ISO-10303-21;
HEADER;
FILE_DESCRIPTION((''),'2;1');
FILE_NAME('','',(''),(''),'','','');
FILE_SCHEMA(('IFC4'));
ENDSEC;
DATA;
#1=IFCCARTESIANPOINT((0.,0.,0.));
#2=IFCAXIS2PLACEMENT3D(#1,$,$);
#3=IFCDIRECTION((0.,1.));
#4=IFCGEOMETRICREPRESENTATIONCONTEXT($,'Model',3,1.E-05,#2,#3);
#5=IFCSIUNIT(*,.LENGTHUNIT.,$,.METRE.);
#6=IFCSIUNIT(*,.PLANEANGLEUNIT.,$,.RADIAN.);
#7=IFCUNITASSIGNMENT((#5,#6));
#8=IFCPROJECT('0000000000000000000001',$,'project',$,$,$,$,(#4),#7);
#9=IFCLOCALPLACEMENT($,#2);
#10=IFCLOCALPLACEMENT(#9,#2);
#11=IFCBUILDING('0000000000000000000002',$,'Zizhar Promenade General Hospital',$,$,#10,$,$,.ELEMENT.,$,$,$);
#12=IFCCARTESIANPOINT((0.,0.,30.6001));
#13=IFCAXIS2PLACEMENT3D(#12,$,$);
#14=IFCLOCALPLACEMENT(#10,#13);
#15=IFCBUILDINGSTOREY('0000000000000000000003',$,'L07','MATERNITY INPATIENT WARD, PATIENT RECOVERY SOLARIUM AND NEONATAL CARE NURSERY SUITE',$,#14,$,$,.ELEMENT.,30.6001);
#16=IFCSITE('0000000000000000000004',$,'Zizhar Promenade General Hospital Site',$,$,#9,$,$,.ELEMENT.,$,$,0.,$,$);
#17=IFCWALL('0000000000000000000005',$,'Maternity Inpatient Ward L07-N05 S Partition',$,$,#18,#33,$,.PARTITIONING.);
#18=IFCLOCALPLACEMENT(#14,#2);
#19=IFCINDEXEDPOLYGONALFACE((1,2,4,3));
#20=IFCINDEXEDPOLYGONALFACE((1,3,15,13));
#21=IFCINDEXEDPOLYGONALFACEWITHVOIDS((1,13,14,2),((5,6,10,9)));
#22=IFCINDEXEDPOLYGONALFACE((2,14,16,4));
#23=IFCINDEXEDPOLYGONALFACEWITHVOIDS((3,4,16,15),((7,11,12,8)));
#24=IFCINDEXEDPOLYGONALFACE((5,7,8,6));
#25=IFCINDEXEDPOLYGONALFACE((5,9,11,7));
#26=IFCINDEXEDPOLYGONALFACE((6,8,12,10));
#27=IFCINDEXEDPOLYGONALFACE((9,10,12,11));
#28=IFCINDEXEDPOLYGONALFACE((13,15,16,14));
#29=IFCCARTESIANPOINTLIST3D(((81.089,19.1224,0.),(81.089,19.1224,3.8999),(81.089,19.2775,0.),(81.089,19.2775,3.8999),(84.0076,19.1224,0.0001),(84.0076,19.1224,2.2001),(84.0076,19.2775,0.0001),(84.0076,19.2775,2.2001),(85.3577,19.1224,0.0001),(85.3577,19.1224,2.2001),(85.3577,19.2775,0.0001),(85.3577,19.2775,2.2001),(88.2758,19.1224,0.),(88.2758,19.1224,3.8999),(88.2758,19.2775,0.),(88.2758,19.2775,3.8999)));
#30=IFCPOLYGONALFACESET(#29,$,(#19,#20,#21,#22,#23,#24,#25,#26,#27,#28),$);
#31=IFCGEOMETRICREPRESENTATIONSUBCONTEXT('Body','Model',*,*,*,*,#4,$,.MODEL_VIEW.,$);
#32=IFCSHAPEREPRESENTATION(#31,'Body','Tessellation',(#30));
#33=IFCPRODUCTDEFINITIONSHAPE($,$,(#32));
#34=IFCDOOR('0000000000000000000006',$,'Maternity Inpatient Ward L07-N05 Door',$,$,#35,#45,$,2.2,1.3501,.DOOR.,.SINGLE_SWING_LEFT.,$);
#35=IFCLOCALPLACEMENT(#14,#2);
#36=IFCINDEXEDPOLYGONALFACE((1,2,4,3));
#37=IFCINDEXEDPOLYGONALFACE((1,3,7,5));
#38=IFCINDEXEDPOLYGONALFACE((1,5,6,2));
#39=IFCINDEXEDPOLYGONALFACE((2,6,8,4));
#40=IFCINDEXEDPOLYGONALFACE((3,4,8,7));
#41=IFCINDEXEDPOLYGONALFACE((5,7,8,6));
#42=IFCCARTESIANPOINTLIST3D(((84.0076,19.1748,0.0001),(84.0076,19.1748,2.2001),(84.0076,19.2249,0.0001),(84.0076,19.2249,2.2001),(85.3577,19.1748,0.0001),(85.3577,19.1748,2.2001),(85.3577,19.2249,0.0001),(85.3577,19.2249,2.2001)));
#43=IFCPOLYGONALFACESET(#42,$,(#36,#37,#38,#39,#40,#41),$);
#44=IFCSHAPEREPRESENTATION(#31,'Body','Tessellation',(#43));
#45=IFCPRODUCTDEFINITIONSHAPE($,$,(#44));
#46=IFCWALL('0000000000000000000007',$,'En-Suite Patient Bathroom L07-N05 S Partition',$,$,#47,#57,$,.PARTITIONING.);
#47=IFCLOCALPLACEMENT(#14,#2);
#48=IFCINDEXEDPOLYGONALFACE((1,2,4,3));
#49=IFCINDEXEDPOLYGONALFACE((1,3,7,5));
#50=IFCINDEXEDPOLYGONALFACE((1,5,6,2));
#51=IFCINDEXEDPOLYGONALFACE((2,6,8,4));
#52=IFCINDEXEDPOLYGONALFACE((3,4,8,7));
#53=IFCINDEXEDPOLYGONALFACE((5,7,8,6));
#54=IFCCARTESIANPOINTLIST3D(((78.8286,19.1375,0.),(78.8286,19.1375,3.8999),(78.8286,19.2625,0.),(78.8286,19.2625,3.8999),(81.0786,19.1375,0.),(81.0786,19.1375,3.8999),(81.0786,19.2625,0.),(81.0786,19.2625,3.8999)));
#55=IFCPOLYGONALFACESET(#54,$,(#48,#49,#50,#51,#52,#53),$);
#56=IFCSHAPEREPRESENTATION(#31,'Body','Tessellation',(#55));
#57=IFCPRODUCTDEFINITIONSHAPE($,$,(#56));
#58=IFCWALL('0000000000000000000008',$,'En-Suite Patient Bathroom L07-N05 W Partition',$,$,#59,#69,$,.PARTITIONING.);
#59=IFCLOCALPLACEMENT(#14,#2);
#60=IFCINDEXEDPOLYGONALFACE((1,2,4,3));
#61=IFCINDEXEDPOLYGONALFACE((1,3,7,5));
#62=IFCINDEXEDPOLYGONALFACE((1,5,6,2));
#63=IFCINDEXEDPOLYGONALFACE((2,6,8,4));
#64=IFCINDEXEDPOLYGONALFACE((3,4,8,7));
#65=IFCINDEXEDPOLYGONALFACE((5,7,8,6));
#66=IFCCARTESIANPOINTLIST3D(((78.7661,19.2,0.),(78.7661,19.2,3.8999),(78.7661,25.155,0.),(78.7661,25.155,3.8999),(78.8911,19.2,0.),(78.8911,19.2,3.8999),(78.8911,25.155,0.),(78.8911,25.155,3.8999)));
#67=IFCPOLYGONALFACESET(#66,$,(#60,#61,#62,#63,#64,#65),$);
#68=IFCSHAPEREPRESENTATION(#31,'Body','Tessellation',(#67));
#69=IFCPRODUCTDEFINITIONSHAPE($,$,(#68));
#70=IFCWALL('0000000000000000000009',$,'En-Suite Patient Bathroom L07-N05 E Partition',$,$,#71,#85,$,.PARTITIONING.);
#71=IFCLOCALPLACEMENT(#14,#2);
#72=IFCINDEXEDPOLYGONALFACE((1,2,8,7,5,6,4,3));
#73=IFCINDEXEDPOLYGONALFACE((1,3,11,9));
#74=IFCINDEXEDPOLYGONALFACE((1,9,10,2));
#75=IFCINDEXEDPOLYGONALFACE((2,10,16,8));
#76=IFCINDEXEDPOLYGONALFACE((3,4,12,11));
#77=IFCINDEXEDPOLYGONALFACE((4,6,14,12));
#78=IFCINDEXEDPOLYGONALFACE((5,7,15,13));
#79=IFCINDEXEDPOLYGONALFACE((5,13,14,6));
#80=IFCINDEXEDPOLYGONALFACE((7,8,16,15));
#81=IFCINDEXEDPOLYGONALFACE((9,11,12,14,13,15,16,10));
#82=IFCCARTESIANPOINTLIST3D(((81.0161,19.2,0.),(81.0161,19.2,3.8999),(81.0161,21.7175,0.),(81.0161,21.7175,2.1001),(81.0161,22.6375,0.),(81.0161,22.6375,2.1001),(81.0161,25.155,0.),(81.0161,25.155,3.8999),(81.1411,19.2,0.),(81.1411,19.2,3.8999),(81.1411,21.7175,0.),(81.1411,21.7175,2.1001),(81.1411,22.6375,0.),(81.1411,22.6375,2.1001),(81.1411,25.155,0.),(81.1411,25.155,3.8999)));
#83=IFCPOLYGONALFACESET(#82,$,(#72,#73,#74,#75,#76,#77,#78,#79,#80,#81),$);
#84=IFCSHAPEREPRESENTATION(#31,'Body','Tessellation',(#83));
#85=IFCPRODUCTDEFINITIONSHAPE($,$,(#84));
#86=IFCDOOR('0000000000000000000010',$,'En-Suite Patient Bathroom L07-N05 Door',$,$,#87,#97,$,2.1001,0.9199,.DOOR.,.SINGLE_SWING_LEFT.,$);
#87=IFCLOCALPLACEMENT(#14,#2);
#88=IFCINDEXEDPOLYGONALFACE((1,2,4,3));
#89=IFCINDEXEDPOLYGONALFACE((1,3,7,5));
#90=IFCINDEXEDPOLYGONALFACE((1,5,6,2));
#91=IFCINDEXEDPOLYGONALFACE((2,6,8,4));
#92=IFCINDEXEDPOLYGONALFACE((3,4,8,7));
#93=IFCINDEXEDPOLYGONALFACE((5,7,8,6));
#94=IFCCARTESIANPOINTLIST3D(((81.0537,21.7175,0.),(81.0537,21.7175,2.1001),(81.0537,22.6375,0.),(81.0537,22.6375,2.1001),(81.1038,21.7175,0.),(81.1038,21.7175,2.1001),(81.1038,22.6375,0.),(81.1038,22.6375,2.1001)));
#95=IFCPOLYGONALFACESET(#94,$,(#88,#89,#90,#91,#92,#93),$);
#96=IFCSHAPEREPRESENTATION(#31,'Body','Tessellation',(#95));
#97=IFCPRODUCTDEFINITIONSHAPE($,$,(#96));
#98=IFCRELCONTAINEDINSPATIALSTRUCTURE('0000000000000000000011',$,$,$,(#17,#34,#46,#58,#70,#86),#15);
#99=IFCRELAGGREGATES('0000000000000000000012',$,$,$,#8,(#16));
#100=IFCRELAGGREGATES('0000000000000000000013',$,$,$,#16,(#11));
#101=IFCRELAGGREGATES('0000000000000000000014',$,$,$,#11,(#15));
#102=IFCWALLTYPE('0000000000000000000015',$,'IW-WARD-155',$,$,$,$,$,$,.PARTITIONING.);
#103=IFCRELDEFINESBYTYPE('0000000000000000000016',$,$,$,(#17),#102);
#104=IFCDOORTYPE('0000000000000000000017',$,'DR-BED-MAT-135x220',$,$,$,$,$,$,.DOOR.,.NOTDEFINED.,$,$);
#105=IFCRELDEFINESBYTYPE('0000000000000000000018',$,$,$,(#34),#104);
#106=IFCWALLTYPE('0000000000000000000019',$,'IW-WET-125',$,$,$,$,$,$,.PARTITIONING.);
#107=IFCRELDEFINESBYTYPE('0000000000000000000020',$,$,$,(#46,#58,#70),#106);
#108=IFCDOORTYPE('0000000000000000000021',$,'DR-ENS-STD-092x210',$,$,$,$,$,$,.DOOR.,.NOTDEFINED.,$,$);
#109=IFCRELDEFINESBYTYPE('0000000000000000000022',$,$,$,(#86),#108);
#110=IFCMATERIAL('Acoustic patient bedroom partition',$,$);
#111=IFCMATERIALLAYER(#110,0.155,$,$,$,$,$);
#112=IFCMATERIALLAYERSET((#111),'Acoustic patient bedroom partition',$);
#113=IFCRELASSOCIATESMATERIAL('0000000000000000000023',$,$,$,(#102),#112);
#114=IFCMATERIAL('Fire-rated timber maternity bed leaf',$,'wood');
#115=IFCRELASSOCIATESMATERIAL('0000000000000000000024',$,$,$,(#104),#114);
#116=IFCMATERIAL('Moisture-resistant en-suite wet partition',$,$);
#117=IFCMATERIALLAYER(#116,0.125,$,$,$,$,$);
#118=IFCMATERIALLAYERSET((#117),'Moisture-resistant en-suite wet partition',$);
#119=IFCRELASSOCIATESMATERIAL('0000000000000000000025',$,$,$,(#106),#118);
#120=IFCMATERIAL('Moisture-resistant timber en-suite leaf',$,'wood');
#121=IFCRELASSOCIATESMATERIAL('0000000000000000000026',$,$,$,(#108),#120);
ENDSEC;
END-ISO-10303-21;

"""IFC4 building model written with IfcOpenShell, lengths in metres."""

from ifc_helpers import new_model, si_unit, direction, frame, frame_2d, origin, place, context, subcontext, project, spatial, rectangle, extrude, material, layer, layer_set, type_object, element, fill, save


model = new_model("IFC4")

# Units and contexts
model_context = context("Model", 3, precision=1e-05, world=origin(), true_north=direction((0.0, 1.0)))
body_context = subcontext(model_context, "Body", "Model", "MODEL_VIEW")
ifc_project = project(units=[si_unit("LENGTHUNIT", "METRE"), si_unit("PLANEANGLEUNIT", "RADIAN")], contexts=[model_context])

# Site, building, storey
site_placement = place(None, origin())
site = spatial("IfcSite", under=ifc_project, at=site_placement, Name="Zizhar Promenade General Hospital Site", CompositionType="ELEMENT", RefElevation=0.0)
building_placement = place(site_placement, origin())
building = spatial("IfcBuilding", under=site, at=building_placement, Name="Zizhar Promenade General Hospital", CompositionType="ELEMENT")
storey_placement = place(building_placement, frame((0.0, 0.0, 30.6001)))
storey = spatial("IfcBuildingStorey", under=building, at=storey_placement, Name="L07", Description="MATERNITY INPATIENT WARD, PATIENT RECOVERY SOLARIUM AND NEONATAL CARE NURSERY SUITE", CompositionType="ELEMENT", Elevation=30.6001)

# Wall, opening, door
ifc_material_1 = material(Name="Acoustic patient bedroom partition")
ifc_layer_1 = layer(ifc_material_1, 0.155)
ifc_layer_set_1 = layer_set([ifc_layer_1], Name="Acoustic patient bedroom partition")
wall_type_1 = type_object("IfcWallType", Name="IW-WARD-155", PredefinedType="PARTITIONING", material=ifc_layer_set_1)
wall_1_placement = place(storey_placement, frame((81.0891, 19.2, 0.0), z_axis=(0.0, 0.0, 1.0), x_axis=(1.0, 0.0, 0.0)))
wall_1 = element("IfcWall", 1, at=wall_1_placement, inside=storey, type_object=wall_type_1, Name="Maternity Inpatient Ward L07-N05 S Partition", PredefinedType="PARTITIONING", context=body_context, shape_type="SweptSolid", body=[
    extrude(rectangle(XDim=7.1868, YDim=0.155, at=frame_2d((3.5933, 0.0))), origin(), (0.0, 0.0, 1.0), 3.8999),
])
opening_1_placement = place(wall_1_placement, frame((2.9185, 0.0, 0.0)))
opening_1 = element("IfcOpeningElement", 2, at=opening_1_placement, cuts=wall_1, PredefinedType="OPENING", context=body_context, shape_type="SweptSolid", body=[
    extrude(rectangle(XDim=1.3501, YDim=2.2, at=frame_2d((0.675, 1.1001))), frame((0.0, 0.0874, 0.0), z_axis=(0.0, -1.0, 0.0), x_axis=(1.0, 0.0, 0.0)), (0.0, 0.0, 1.0), 0.175),
])
ifc_material_2 = material(Name="Fire-rated timber maternity bed leaf", Category="wood")
door_type_1 = type_object("IfcDoorType", Name="DR-BED-MAT-135x220", OperationType="NOTDEFINED", PredefinedType="DOOR", material=ifc_material_2)
door_1_placement = place(opening_1_placement, origin())
door_1 = element("IfcDoor", 3, at=door_1_placement, inside=storey, type_object=door_type_1, Name="Maternity Inpatient Ward L07-N05 Door", OperationType="SINGLE_SWING_LEFT", OverallHeight=2.2, OverallWidth=1.3501, PredefinedType="DOOR", context=body_context, shape_type="SweptSolid", body=[
    extrude(rectangle(XDim=1.3501, YDim=2.2, at=frame_2d((0.675, 1.1001))), frame((0.0, 0.0249, 0.0), z_axis=(0.0, -1.0, 0.0), x_axis=(1.0, 0.0, 0.0)), (0.0, 0.0, 1.0), 0.05),
])
fill(opening_1, door_1)

# Walls
ifc_material_3 = material(Name="Moisture-resistant en-suite wet partition")
ifc_layer_2 = layer(ifc_material_3, 0.125)
ifc_layer_set_2 = layer_set([ifc_layer_2], Name="Moisture-resistant en-suite wet partition")
wall_type_2 = type_object("IfcWallType", Name="IW-WET-125", PredefinedType="PARTITIONING", material=ifc_layer_set_2)
wall_2_placement = place(storey_placement, frame((78.8286, 19.2, 0.0), z_axis=(0.0, 0.0, 1.0), x_axis=(1.0, 0.0, 0.0)))
element("IfcWall", 4, at=wall_2_placement, inside=storey, type_object=wall_type_2, Name="En-Suite Patient Bathroom L07-N05 S Partition", PredefinedType="PARTITIONING", context=body_context, shape_type="SweptSolid", body=[
    extrude(rectangle(XDim=2.25, YDim=0.125, at=frame_2d((1.125, 0.0))), origin(), (0.0, 0.0, 1.0), 3.8999),
])
wall_3_placement = place(storey_placement, frame((78.8286, 19.2, 0.0), z_axis=(0.0, 0.0, 1.0), x_axis=(0.0, 1.0, 0.0)))
element("IfcWall", 5, at=wall_3_placement, inside=storey, type_object=wall_type_2, Name="En-Suite Patient Bathroom L07-N05 W Partition", PredefinedType="PARTITIONING", context=body_context, shape_type="SweptSolid", body=[
    extrude(rectangle(XDim=5.9551, YDim=0.125, at=frame_2d((2.9775, 0.0))), origin(), (0.0, 0.0, 1.0), 3.8999),
])

# Wall, opening, door
wall_4_placement = place(storey_placement, frame((81.0786, 19.2, 0.0), z_axis=(0.0, 0.0, 1.0), x_axis=(0.0, 1.0, 0.0)))
wall_4 = element("IfcWall", 6, at=wall_4_placement, inside=storey, type_object=wall_type_2, Name="En-Suite Patient Bathroom L07-N05 E Partition", PredefinedType="PARTITIONING", context=body_context, shape_type="SweptSolid", body=[
    extrude(rectangle(XDim=5.9551, YDim=0.125, at=frame_2d((2.9775, 0.0))), origin(), (0.0, 0.0, 1.0), 3.8999),
])
opening_2_placement = place(wall_4_placement, frame((2.5176, 0.0, 0.0)))
opening_2 = element("IfcOpeningElement", 7, at=opening_2_placement, cuts=wall_4, PredefinedType="OPENING", context=body_context, shape_type="SweptSolid", body=[
    extrude(rectangle(XDim=0.9199, YDim=2.1001, at=frame_2d((0.46, 1.05))), frame((0.0, 0.0725, 0.0), z_axis=(0.0, -1.0, 0.0), x_axis=(1.0, 0.0, 0.0)), (0.0, 0.0, 1.0), 0.145),
])
ifc_material_4 = material(Name="Moisture-resistant timber en-suite leaf", Category="wood")
door_type_2 = type_object("IfcDoorType", Name="DR-ENS-STD-092x210", OperationType="NOTDEFINED", PredefinedType="DOOR", material=ifc_material_4)
door_2_placement = place(opening_2_placement, origin())
door_2 = element("IfcDoor", 8, at=door_2_placement, inside=storey, type_object=door_type_2, Name="En-Suite Patient Bathroom L07-N05 Door", OperationType="SINGLE_SWING_LEFT", OverallHeight=2.1001, OverallWidth=0.9199, PredefinedType="DOOR", context=body_context, shape_type="SweptSolid", body=[
    extrude(rectangle(XDim=0.9199, YDim=2.1001, at=frame_2d((0.46, 1.05))), frame((0.0, 0.0249, 0.0), z_axis=(0.0, -1.0, 0.0), x_axis=(1.0, 0.0, 0.0)), (0.0, 0.0, 1.0), 0.05),
])
fill(opening_2, door_2)

save(model, "model.ifc")
